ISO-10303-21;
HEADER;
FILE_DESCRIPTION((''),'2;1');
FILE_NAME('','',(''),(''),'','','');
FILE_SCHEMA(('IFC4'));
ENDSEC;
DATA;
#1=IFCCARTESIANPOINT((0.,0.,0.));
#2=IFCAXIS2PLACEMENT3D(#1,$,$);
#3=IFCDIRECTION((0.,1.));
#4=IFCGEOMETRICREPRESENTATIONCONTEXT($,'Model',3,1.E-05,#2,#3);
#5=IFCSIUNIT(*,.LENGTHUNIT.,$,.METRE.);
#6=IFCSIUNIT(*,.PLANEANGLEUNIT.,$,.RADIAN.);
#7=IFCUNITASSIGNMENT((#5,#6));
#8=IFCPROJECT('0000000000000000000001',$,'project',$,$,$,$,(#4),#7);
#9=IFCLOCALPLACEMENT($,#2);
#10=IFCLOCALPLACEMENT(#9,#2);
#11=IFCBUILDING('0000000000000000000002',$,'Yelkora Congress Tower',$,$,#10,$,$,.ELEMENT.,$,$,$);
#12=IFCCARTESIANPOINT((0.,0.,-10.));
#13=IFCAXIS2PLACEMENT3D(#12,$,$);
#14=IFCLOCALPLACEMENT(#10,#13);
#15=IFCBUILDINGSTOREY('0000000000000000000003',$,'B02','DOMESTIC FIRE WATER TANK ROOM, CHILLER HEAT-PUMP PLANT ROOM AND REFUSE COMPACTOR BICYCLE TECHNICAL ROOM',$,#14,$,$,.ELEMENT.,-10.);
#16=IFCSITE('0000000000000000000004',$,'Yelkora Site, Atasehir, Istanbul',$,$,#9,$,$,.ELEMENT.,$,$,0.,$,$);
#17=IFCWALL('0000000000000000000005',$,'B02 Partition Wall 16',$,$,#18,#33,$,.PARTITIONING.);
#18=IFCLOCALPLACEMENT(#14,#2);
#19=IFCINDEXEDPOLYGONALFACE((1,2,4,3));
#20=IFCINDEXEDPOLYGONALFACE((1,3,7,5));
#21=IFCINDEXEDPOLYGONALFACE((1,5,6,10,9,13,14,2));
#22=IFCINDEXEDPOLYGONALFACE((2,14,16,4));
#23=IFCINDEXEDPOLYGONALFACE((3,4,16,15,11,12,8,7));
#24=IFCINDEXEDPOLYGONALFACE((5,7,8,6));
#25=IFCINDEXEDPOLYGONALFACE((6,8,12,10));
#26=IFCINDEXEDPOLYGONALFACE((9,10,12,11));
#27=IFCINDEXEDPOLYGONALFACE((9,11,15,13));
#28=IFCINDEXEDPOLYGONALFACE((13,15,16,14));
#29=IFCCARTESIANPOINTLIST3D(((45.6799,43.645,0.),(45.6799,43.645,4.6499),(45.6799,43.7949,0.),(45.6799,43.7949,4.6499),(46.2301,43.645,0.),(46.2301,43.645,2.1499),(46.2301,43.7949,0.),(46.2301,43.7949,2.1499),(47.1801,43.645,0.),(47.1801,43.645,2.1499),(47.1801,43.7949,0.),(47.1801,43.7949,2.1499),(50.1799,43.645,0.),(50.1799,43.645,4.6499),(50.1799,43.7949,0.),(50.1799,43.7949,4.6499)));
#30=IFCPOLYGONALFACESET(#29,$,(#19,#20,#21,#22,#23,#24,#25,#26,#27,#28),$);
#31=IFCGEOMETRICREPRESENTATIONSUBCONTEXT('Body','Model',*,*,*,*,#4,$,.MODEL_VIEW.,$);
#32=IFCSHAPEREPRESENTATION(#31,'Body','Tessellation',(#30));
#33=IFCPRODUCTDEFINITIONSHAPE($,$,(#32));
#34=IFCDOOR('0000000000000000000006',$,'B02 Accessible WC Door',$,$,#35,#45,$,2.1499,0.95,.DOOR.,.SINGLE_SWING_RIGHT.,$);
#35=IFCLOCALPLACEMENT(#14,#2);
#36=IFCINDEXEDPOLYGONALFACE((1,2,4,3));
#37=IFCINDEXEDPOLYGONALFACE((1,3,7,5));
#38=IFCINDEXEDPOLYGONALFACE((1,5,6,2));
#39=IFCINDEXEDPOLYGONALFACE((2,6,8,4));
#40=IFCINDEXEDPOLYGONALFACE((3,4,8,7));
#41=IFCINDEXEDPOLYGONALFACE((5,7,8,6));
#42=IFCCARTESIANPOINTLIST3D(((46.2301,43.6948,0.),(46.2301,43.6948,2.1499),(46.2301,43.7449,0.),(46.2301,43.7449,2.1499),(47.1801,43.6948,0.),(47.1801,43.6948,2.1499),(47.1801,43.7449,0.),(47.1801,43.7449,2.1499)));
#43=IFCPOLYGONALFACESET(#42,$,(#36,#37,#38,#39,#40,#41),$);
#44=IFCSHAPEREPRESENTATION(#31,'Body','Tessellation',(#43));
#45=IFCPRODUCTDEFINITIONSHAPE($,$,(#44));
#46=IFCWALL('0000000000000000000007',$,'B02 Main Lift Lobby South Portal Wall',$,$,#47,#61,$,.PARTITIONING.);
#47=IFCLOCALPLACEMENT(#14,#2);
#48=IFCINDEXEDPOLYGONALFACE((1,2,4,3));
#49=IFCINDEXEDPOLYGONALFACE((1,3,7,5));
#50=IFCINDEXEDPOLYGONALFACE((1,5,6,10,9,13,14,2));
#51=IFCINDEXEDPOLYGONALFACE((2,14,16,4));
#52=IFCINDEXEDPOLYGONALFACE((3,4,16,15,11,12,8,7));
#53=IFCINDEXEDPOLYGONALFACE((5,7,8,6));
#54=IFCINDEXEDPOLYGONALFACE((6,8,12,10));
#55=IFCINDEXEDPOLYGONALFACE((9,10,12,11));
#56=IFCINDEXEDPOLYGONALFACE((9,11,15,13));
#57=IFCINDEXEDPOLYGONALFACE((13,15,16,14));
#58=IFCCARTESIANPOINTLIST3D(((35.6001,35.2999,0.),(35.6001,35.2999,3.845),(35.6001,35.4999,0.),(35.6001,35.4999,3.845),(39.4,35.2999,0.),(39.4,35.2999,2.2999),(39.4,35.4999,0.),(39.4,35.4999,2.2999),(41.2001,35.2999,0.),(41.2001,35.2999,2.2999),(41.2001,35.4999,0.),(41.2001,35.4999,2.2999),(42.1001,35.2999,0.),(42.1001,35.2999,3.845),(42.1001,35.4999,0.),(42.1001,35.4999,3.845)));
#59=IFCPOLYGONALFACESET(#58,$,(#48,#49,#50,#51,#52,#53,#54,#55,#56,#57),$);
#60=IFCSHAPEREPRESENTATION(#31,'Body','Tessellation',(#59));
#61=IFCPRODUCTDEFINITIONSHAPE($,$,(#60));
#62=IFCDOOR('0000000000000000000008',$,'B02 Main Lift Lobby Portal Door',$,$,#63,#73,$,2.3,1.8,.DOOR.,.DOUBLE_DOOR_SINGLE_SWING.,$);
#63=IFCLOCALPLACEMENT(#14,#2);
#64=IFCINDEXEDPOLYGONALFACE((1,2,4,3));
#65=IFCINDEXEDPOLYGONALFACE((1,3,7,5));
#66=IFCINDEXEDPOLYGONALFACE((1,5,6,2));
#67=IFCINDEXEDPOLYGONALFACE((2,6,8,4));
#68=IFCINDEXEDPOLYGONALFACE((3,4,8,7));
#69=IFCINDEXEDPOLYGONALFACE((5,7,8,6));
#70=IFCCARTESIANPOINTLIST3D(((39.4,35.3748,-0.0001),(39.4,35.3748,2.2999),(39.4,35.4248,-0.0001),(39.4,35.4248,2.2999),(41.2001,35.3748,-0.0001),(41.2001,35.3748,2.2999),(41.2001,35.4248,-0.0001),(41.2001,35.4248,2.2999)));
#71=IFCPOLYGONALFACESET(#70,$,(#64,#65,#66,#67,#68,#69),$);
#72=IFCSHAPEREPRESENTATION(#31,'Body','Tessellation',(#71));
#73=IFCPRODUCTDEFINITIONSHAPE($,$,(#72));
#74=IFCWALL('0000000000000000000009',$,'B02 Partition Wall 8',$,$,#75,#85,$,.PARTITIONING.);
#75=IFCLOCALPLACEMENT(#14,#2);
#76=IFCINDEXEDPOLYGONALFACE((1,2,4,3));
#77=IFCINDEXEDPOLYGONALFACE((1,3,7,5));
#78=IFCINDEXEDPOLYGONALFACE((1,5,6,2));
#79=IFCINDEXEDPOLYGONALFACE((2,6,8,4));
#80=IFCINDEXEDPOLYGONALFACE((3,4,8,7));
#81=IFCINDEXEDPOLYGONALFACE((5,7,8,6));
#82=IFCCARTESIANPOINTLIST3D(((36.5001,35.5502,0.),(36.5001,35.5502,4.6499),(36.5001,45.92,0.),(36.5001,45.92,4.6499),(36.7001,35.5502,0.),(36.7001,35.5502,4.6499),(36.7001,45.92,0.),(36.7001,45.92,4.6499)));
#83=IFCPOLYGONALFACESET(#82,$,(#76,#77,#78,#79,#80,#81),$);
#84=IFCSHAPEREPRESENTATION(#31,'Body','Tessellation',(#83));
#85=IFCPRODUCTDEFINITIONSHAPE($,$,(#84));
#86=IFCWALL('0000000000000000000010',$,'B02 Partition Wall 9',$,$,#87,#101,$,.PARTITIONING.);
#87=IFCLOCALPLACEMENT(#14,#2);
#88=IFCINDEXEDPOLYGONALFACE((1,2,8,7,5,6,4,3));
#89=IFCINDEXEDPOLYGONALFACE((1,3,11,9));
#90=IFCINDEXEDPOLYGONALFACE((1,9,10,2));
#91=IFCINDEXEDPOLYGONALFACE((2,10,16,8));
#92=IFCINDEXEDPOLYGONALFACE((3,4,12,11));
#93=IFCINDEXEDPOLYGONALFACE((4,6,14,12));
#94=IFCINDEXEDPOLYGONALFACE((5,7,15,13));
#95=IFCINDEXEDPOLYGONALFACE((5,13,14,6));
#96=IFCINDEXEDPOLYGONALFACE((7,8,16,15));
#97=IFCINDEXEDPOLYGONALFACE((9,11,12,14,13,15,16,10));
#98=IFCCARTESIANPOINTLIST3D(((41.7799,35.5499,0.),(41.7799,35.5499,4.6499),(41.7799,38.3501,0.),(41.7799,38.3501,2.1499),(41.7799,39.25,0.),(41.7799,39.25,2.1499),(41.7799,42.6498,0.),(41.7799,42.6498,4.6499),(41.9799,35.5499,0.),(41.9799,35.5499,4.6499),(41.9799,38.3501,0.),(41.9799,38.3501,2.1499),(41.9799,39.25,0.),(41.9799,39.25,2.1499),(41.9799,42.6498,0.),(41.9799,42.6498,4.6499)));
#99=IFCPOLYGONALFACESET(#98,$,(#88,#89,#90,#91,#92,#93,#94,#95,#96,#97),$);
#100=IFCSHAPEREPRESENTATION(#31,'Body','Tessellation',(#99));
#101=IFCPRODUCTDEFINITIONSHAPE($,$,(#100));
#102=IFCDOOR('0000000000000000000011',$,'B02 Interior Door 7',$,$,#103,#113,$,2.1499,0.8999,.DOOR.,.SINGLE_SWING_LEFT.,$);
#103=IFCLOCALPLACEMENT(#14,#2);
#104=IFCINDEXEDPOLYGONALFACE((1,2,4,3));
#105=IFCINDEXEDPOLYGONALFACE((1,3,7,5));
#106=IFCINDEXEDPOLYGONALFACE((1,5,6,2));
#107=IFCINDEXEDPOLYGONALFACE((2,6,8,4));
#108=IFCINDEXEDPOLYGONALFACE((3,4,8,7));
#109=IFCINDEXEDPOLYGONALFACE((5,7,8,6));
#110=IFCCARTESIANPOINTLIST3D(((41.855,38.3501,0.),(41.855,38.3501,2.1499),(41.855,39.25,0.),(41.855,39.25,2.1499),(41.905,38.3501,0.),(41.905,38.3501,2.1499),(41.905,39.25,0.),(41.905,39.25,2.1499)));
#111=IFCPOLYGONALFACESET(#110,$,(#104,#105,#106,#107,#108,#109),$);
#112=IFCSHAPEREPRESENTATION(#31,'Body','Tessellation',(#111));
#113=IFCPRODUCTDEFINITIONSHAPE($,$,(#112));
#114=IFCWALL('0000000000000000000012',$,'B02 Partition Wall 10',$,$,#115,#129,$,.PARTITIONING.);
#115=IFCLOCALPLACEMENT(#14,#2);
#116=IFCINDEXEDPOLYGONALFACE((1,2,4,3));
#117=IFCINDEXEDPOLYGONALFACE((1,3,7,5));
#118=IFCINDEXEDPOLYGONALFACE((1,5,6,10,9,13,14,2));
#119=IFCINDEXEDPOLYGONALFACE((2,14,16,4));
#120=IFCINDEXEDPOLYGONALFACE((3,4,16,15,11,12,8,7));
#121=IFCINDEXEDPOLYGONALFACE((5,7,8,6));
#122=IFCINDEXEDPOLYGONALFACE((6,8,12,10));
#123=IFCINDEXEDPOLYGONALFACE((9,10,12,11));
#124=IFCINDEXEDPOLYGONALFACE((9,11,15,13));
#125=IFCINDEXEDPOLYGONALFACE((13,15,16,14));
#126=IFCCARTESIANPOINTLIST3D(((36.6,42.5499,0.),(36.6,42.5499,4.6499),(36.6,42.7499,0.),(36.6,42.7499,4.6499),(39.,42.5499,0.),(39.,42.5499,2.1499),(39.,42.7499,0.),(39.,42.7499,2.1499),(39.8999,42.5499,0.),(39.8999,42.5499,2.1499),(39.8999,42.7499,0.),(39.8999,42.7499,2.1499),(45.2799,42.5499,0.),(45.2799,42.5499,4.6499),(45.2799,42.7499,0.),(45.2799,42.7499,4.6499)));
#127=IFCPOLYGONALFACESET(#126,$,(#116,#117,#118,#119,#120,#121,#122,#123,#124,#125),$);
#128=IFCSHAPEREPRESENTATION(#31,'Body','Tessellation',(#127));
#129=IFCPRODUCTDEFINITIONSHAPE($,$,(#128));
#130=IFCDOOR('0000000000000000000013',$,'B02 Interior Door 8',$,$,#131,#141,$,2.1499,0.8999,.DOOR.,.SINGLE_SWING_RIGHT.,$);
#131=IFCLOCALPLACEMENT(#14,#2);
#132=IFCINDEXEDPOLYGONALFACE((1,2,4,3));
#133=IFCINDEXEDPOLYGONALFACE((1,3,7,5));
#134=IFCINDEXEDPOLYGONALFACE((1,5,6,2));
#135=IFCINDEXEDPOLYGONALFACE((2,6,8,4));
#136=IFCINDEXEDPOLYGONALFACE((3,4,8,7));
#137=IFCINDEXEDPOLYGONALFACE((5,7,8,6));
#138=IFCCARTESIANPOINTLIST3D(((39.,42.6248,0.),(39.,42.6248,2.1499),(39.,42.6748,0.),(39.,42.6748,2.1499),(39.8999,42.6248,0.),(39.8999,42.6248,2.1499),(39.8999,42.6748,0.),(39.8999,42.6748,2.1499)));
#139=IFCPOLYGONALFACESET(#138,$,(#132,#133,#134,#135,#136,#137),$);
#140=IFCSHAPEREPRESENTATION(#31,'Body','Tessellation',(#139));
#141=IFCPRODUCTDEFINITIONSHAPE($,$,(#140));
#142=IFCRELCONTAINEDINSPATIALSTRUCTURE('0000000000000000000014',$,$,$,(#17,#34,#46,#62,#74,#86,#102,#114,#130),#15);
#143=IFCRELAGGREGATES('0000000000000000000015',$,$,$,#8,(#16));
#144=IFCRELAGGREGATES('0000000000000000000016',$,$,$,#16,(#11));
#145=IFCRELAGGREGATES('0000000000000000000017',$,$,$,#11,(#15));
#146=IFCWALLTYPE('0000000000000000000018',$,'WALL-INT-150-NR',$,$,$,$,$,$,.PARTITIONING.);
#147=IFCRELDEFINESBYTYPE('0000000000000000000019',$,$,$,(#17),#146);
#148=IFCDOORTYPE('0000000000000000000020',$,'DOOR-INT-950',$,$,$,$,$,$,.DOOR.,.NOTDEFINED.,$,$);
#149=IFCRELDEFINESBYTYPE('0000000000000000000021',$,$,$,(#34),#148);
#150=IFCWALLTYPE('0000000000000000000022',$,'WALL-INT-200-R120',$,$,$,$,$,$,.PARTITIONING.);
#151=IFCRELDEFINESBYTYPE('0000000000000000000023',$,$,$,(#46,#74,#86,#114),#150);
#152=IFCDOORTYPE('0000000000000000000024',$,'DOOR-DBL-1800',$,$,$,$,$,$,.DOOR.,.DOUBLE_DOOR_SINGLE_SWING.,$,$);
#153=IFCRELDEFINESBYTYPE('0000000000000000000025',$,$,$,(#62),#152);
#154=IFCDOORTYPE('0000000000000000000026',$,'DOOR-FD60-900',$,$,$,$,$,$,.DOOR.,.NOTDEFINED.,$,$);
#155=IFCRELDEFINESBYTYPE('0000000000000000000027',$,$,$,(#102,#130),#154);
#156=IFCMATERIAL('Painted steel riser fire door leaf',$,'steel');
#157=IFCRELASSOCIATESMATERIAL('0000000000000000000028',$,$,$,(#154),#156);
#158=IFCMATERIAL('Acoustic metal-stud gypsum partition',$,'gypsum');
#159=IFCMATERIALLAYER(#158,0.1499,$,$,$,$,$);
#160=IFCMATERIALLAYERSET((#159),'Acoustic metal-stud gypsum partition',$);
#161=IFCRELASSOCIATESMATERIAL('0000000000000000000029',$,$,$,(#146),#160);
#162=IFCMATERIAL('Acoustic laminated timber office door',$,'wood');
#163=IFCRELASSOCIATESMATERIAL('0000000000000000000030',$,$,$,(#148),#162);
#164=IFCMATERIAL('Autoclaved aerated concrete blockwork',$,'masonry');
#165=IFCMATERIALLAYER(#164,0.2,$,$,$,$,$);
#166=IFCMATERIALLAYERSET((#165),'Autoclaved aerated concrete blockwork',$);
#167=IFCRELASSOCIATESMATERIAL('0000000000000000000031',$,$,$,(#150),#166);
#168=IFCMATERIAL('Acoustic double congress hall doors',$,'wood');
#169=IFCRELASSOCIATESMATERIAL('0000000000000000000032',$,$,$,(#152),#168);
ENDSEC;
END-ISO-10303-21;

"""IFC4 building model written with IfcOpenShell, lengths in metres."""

from ifc_helpers import new_model, si_unit, direction, frame, frame_2d, origin, place, context, subcontext, project, spatial, rectangle, extrude, material, layer, layer_set, type_object, element, fill, save


model = new_model("IFC4")

# Units and contexts
model_context = context("Model", 3, precision=1e-05, world=origin(), true_north=direction((0.0, 1.0)))
body_context = subcontext(model_context, "Body", "Model", "MODEL_VIEW")
ifc_project = project(units=[si_unit("LENGTHUNIT", "METRE"), si_unit("PLANEANGLEUNIT", "RADIAN")], contexts=[model_context])

# Site, building, storey
site_placement = place(None, origin())
site = spatial("IfcSite", under=ifc_project, at=site_placement, Name="Yelkora Site, Atasehir, Istanbul", CompositionType="ELEMENT", RefElevation=0.0)
building_placement = place(site_placement, origin())
building = spatial("IfcBuilding", under=site, at=building_placement, Name="Yelkora Congress Tower", CompositionType="ELEMENT")
storey_placement = place(building_placement, frame((0.0, 0.0, -10.0)))
storey = spatial("IfcBuildingStorey", under=building, at=storey_placement, Name="B02", Description="DOMESTIC FIRE WATER TANK ROOM, CHILLER HEAT-PUMP PLANT ROOM AND REFUSE COMPACTOR BICYCLE TECHNICAL ROOM", CompositionType="ELEMENT", Elevation=-10.0)

# Shared definitions
ifc_material_1 = material(Name="Painted steel riser fire door leaf", Category="steel")
door_type_1 = type_object("IfcDoorType", Name="DOOR-FD60-900", OperationType="NOTDEFINED", PredefinedType="DOOR", material=ifc_material_1)

# Walls, openings, doors
ifc_material_2 = material(Name="Acoustic metal-stud gypsum partition", Category="gypsum")
ifc_layer_1 = layer(ifc_material_2, 0.1499)
ifc_layer_set_1 = layer_set([ifc_layer_1], Name="Acoustic metal-stud gypsum partition")
wall_type_1 = type_object("IfcWallType", Name="WALL-INT-150-NR", PredefinedType="PARTITIONING", material=ifc_layer_set_1)
wall_1_placement = place(storey_placement, frame((45.6799, 43.72, 0.0), z_axis=(0.0, 0.0, 1.0), x_axis=(1.0, 0.0, 0.0)))
wall_1 = element("IfcWall", 1, at=wall_1_placement, inside=storey, type_object=wall_type_1, Name="B02 Partition Wall 16", PredefinedType="PARTITIONING", context=body_context, shape_type="SweptSolid", body=[
    extrude(rectangle(XDim=4.5, YDim=0.1499, at=frame_2d((2.25, 0.0))), origin(), (0.0, 0.0, 1.0), 4.6499),
])
opening_1_placement = place(wall_1_placement, frame((0.55, 0.0, 0.0)))
opening_1 = element("IfcOpeningElement", 2, at=opening_1_placement, cuts=wall_1, PredefinedType="OPENING", context=body_context, shape_type="SweptSolid", body=[
    extrude(rectangle(XDim=0.95, YDim=2.1499, at=frame_2d((0.4751, 1.075))), frame((0.0, 0.085, 0.0), z_axis=(0.0, -1.0, 0.0), x_axis=(1.0, 0.0, 0.0)), (0.0, 0.0, 1.0), 0.1699),
])
ifc_material_3 = material(Name="Acoustic laminated timber office door", Category="wood")
door_type_2 = type_object("IfcDoorType", Name="DOOR-INT-950", OperationType="NOTDEFINED", PredefinedType="DOOR", material=ifc_material_3)
door_1_placement = place(opening_1_placement, origin())
door_1 = element("IfcDoor", 3, at=door_1_placement, inside=storey, type_object=door_type_2, Name="B02 Accessible WC Door", OperationType="SINGLE_SWING_RIGHT", OverallHeight=2.1499, OverallWidth=0.95, PredefinedType="DOOR", context=body_context, shape_type="SweptSolid", body=[
    extrude(rectangle(XDim=0.95, YDim=2.1499, at=frame_2d((0.4751, 1.075))), frame((0.0, 0.0249, 0.0), z_axis=(0.0, -1.0, 0.0), x_axis=(1.0, 0.0, 0.0)), (0.0, 0.0, 1.0), 0.05),
])
fill(opening_1, door_1)
ifc_material_4 = material(Name="Autoclaved aerated concrete blockwork", Category="masonry")
ifc_layer_2 = layer(ifc_material_4, 0.2)
ifc_layer_set_2 = layer_set([ifc_layer_2], Name="Autoclaved aerated concrete blockwork")
wall_type_2 = type_object("IfcWallType", Name="WALL-INT-200-R120", PredefinedType="PARTITIONING", material=ifc_layer_set_2)
wall_2_placement = place(storey_placement, frame((35.6001, 35.3999, 0.0), z_axis=(0.0, 0.0, 1.0), x_axis=(1.0, 0.0, 0.0)))
wall_2 = element("IfcWall", 4, at=wall_2_placement, inside=storey, type_object=wall_type_2, Name="B02 Main Lift Lobby South Portal Wall", PredefinedType="PARTITIONING", context=body_context, shape_type="SweptSolid", body=[
    extrude(rectangle(XDim=6.5, YDim=0.2, at=frame_2d((3.25, 0.0))), origin(), (0.0, 0.0, 1.0), 3.845),
])
opening_2_placement = place(wall_2_placement, frame((3.8, 0.0, 0.0)))
opening_2 = element("IfcOpeningElement", 5, at=opening_2_placement, cuts=wall_2, PredefinedType="OPENING", context=body_context, shape_type="SweptSolid", body=[
    extrude(rectangle(XDim=1.8, YDim=2.3, at=frame_2d((0.8999, 1.1499))), frame((0.0, 0.1099, 0.0), z_axis=(0.0, -1.0, 0.0), x_axis=(1.0, 0.0, 0.0)), (0.0, 0.0, 1.0), 0.22),
])
ifc_material_5 = material(Name="Acoustic double congress hall doors", Category="wood")
door_type_3 = type_object("IfcDoorType", Name="DOOR-DBL-1800", OperationType="DOUBLE_DOOR_SINGLE_SWING", PredefinedType="DOOR", material=ifc_material_5)
door_2_placement = place(opening_2_placement, origin())
door_2 = element("IfcDoor", 6, at=door_2_placement, inside=storey, type_object=door_type_3, Name="B02 Main Lift Lobby Portal Door", OperationType="DOUBLE_DOOR_SINGLE_SWING", OverallHeight=2.3, OverallWidth=1.8, PredefinedType="DOOR", context=body_context, shape_type="SweptSolid", body=[
    extrude(rectangle(XDim=1.8, YDim=2.3, at=frame_2d((0.8999, 1.1499))), frame((0.0, 0.0249, 0.0), z_axis=(0.0, -1.0, 0.0), x_axis=(1.0, 0.0, 0.0)), (0.0, 0.0, 1.0), 0.05),
])
fill(opening_2, door_2)

# Wall
wall_3_placement = place(storey_placement, frame((36.6001, 35.55, 0.0), z_axis=(0.0, 0.0, 1.0), x_axis=(0.0, 1.0, 0.0)))
element("IfcWall", 7, at=wall_3_placement, inside=storey, type_object=wall_type_2, Name="B02 Partition Wall 8", PredefinedType="PARTITIONING", context=body_context, shape_type="SweptSolid", body=[
    extrude(rectangle(XDim=10.3699, YDim=0.2, at=frame_2d((5.1851, 0.0))), origin(), (0.0, 0.0, 1.0), 4.6499),
])

# Walls, openings, doors
wall_4_placement = place(storey_placement, frame((41.8799, 35.55, 0.0), z_axis=(0.0, 0.0, 1.0), x_axis=(0.0, 1.0, 0.0)))
wall_4 = element("IfcWall", 8, at=wall_4_placement, inside=storey, type_object=wall_type_2, Name="B02 Partition Wall 9", PredefinedType="PARTITIONING", context=body_context, shape_type="SweptSolid", body=[
    extrude(rectangle(XDim=7.0999, YDim=0.2, at=frame_2d((3.5498, 0.0))), origin(), (0.0, 0.0, 1.0), 4.6499),
])
opening_3_placement = place(wall_4_placement, frame((2.8, 0.0, 0.0)))
opening_3 = element("IfcOpeningElement", 9, at=opening_3_placement, cuts=wall_4, PredefinedType="OPENING", context=body_context, shape_type="SweptSolid", body=[
    extrude(rectangle(XDim=0.8999, YDim=2.1499, at=frame_2d((0.45, 1.075))), frame((0.0, 0.1099, 0.0), z_axis=(0.0, -1.0, 0.0), x_axis=(1.0, 0.0, 0.0)), (0.0, 0.0, 1.0), 0.22),
])
door_3_placement = place(opening_3_placement, origin())
door_3 = element("IfcDoor", 10, at=door_3_placement, inside=storey, type_object=door_type_1, Name="B02 Interior Door 7", OperationType="SINGLE_SWING_LEFT", OverallHeight=2.1499, OverallWidth=0.8999, PredefinedType="DOOR", context=body_context, shape_type="SweptSolid", body=[
    extrude(rectangle(XDim=0.8999, YDim=2.1499, at=frame_2d((0.45, 1.075))), frame((0.0, 0.0249, 0.0), z_axis=(0.0, -1.0, 0.0), x_axis=(1.0, 0.0, 0.0)), (0.0, 0.0, 1.0), 0.05),
])
fill(opening_3, door_3)
wall_5_placement = place(storey_placement, frame((36.6001, 42.6499, 0.0), z_axis=(0.0, 0.0, 1.0), x_axis=(1.0, 0.0, 0.0)))
wall_5 = element("IfcWall", 11, at=wall_5_placement, inside=storey, type_object=wall_type_2, Name="B02 Partition Wall 10", PredefinedType="PARTITIONING", context=body_context, shape_type="SweptSolid", body=[
    extrude(rectangle(XDim=8.6799, YDim=0.2, at=frame_2d((4.3398, 0.0))), origin(), (0.0, 0.0, 1.0), 4.6499),
])
opening_4_placement = place(wall_5_placement, frame((2.3999, 0.0, 0.0)))
opening_4 = element("IfcOpeningElement", 12, at=opening_4_placement, cuts=wall_5, PredefinedType="OPENING", context=body_context, shape_type="SweptSolid", body=[
    extrude(rectangle(XDim=0.8999, YDim=2.1499, at=frame_2d((0.45, 1.075))), frame((0.0, 0.1099, 0.0), z_axis=(0.0, -1.0, 0.0), x_axis=(1.0, 0.0, 0.0)), (0.0, 0.0, 1.0), 0.22),
])
door_4_placement = place(opening_4_placement, origin())
door_4 = element("IfcDoor", 13, at=door_4_placement, inside=storey, type_object=door_type_1, Name="B02 Interior Door 8", OperationType="SINGLE_SWING_RIGHT", OverallHeight=2.1499, OverallWidth=0.8999, PredefinedType="DOOR", context=body_context, shape_type="SweptSolid", body=[
    extrude(rectangle(XDim=0.8999, YDim=2.1499, at=frame_2d((0.45, 1.075))), frame((0.0, 0.0249, 0.0), z_axis=(0.0, -1.0, 0.0), x_axis=(1.0, 0.0, 0.0)), (0.0, 0.0, 1.0), 0.05),
])
fill(opening_4, door_4)

save(model, "model.ifc")
